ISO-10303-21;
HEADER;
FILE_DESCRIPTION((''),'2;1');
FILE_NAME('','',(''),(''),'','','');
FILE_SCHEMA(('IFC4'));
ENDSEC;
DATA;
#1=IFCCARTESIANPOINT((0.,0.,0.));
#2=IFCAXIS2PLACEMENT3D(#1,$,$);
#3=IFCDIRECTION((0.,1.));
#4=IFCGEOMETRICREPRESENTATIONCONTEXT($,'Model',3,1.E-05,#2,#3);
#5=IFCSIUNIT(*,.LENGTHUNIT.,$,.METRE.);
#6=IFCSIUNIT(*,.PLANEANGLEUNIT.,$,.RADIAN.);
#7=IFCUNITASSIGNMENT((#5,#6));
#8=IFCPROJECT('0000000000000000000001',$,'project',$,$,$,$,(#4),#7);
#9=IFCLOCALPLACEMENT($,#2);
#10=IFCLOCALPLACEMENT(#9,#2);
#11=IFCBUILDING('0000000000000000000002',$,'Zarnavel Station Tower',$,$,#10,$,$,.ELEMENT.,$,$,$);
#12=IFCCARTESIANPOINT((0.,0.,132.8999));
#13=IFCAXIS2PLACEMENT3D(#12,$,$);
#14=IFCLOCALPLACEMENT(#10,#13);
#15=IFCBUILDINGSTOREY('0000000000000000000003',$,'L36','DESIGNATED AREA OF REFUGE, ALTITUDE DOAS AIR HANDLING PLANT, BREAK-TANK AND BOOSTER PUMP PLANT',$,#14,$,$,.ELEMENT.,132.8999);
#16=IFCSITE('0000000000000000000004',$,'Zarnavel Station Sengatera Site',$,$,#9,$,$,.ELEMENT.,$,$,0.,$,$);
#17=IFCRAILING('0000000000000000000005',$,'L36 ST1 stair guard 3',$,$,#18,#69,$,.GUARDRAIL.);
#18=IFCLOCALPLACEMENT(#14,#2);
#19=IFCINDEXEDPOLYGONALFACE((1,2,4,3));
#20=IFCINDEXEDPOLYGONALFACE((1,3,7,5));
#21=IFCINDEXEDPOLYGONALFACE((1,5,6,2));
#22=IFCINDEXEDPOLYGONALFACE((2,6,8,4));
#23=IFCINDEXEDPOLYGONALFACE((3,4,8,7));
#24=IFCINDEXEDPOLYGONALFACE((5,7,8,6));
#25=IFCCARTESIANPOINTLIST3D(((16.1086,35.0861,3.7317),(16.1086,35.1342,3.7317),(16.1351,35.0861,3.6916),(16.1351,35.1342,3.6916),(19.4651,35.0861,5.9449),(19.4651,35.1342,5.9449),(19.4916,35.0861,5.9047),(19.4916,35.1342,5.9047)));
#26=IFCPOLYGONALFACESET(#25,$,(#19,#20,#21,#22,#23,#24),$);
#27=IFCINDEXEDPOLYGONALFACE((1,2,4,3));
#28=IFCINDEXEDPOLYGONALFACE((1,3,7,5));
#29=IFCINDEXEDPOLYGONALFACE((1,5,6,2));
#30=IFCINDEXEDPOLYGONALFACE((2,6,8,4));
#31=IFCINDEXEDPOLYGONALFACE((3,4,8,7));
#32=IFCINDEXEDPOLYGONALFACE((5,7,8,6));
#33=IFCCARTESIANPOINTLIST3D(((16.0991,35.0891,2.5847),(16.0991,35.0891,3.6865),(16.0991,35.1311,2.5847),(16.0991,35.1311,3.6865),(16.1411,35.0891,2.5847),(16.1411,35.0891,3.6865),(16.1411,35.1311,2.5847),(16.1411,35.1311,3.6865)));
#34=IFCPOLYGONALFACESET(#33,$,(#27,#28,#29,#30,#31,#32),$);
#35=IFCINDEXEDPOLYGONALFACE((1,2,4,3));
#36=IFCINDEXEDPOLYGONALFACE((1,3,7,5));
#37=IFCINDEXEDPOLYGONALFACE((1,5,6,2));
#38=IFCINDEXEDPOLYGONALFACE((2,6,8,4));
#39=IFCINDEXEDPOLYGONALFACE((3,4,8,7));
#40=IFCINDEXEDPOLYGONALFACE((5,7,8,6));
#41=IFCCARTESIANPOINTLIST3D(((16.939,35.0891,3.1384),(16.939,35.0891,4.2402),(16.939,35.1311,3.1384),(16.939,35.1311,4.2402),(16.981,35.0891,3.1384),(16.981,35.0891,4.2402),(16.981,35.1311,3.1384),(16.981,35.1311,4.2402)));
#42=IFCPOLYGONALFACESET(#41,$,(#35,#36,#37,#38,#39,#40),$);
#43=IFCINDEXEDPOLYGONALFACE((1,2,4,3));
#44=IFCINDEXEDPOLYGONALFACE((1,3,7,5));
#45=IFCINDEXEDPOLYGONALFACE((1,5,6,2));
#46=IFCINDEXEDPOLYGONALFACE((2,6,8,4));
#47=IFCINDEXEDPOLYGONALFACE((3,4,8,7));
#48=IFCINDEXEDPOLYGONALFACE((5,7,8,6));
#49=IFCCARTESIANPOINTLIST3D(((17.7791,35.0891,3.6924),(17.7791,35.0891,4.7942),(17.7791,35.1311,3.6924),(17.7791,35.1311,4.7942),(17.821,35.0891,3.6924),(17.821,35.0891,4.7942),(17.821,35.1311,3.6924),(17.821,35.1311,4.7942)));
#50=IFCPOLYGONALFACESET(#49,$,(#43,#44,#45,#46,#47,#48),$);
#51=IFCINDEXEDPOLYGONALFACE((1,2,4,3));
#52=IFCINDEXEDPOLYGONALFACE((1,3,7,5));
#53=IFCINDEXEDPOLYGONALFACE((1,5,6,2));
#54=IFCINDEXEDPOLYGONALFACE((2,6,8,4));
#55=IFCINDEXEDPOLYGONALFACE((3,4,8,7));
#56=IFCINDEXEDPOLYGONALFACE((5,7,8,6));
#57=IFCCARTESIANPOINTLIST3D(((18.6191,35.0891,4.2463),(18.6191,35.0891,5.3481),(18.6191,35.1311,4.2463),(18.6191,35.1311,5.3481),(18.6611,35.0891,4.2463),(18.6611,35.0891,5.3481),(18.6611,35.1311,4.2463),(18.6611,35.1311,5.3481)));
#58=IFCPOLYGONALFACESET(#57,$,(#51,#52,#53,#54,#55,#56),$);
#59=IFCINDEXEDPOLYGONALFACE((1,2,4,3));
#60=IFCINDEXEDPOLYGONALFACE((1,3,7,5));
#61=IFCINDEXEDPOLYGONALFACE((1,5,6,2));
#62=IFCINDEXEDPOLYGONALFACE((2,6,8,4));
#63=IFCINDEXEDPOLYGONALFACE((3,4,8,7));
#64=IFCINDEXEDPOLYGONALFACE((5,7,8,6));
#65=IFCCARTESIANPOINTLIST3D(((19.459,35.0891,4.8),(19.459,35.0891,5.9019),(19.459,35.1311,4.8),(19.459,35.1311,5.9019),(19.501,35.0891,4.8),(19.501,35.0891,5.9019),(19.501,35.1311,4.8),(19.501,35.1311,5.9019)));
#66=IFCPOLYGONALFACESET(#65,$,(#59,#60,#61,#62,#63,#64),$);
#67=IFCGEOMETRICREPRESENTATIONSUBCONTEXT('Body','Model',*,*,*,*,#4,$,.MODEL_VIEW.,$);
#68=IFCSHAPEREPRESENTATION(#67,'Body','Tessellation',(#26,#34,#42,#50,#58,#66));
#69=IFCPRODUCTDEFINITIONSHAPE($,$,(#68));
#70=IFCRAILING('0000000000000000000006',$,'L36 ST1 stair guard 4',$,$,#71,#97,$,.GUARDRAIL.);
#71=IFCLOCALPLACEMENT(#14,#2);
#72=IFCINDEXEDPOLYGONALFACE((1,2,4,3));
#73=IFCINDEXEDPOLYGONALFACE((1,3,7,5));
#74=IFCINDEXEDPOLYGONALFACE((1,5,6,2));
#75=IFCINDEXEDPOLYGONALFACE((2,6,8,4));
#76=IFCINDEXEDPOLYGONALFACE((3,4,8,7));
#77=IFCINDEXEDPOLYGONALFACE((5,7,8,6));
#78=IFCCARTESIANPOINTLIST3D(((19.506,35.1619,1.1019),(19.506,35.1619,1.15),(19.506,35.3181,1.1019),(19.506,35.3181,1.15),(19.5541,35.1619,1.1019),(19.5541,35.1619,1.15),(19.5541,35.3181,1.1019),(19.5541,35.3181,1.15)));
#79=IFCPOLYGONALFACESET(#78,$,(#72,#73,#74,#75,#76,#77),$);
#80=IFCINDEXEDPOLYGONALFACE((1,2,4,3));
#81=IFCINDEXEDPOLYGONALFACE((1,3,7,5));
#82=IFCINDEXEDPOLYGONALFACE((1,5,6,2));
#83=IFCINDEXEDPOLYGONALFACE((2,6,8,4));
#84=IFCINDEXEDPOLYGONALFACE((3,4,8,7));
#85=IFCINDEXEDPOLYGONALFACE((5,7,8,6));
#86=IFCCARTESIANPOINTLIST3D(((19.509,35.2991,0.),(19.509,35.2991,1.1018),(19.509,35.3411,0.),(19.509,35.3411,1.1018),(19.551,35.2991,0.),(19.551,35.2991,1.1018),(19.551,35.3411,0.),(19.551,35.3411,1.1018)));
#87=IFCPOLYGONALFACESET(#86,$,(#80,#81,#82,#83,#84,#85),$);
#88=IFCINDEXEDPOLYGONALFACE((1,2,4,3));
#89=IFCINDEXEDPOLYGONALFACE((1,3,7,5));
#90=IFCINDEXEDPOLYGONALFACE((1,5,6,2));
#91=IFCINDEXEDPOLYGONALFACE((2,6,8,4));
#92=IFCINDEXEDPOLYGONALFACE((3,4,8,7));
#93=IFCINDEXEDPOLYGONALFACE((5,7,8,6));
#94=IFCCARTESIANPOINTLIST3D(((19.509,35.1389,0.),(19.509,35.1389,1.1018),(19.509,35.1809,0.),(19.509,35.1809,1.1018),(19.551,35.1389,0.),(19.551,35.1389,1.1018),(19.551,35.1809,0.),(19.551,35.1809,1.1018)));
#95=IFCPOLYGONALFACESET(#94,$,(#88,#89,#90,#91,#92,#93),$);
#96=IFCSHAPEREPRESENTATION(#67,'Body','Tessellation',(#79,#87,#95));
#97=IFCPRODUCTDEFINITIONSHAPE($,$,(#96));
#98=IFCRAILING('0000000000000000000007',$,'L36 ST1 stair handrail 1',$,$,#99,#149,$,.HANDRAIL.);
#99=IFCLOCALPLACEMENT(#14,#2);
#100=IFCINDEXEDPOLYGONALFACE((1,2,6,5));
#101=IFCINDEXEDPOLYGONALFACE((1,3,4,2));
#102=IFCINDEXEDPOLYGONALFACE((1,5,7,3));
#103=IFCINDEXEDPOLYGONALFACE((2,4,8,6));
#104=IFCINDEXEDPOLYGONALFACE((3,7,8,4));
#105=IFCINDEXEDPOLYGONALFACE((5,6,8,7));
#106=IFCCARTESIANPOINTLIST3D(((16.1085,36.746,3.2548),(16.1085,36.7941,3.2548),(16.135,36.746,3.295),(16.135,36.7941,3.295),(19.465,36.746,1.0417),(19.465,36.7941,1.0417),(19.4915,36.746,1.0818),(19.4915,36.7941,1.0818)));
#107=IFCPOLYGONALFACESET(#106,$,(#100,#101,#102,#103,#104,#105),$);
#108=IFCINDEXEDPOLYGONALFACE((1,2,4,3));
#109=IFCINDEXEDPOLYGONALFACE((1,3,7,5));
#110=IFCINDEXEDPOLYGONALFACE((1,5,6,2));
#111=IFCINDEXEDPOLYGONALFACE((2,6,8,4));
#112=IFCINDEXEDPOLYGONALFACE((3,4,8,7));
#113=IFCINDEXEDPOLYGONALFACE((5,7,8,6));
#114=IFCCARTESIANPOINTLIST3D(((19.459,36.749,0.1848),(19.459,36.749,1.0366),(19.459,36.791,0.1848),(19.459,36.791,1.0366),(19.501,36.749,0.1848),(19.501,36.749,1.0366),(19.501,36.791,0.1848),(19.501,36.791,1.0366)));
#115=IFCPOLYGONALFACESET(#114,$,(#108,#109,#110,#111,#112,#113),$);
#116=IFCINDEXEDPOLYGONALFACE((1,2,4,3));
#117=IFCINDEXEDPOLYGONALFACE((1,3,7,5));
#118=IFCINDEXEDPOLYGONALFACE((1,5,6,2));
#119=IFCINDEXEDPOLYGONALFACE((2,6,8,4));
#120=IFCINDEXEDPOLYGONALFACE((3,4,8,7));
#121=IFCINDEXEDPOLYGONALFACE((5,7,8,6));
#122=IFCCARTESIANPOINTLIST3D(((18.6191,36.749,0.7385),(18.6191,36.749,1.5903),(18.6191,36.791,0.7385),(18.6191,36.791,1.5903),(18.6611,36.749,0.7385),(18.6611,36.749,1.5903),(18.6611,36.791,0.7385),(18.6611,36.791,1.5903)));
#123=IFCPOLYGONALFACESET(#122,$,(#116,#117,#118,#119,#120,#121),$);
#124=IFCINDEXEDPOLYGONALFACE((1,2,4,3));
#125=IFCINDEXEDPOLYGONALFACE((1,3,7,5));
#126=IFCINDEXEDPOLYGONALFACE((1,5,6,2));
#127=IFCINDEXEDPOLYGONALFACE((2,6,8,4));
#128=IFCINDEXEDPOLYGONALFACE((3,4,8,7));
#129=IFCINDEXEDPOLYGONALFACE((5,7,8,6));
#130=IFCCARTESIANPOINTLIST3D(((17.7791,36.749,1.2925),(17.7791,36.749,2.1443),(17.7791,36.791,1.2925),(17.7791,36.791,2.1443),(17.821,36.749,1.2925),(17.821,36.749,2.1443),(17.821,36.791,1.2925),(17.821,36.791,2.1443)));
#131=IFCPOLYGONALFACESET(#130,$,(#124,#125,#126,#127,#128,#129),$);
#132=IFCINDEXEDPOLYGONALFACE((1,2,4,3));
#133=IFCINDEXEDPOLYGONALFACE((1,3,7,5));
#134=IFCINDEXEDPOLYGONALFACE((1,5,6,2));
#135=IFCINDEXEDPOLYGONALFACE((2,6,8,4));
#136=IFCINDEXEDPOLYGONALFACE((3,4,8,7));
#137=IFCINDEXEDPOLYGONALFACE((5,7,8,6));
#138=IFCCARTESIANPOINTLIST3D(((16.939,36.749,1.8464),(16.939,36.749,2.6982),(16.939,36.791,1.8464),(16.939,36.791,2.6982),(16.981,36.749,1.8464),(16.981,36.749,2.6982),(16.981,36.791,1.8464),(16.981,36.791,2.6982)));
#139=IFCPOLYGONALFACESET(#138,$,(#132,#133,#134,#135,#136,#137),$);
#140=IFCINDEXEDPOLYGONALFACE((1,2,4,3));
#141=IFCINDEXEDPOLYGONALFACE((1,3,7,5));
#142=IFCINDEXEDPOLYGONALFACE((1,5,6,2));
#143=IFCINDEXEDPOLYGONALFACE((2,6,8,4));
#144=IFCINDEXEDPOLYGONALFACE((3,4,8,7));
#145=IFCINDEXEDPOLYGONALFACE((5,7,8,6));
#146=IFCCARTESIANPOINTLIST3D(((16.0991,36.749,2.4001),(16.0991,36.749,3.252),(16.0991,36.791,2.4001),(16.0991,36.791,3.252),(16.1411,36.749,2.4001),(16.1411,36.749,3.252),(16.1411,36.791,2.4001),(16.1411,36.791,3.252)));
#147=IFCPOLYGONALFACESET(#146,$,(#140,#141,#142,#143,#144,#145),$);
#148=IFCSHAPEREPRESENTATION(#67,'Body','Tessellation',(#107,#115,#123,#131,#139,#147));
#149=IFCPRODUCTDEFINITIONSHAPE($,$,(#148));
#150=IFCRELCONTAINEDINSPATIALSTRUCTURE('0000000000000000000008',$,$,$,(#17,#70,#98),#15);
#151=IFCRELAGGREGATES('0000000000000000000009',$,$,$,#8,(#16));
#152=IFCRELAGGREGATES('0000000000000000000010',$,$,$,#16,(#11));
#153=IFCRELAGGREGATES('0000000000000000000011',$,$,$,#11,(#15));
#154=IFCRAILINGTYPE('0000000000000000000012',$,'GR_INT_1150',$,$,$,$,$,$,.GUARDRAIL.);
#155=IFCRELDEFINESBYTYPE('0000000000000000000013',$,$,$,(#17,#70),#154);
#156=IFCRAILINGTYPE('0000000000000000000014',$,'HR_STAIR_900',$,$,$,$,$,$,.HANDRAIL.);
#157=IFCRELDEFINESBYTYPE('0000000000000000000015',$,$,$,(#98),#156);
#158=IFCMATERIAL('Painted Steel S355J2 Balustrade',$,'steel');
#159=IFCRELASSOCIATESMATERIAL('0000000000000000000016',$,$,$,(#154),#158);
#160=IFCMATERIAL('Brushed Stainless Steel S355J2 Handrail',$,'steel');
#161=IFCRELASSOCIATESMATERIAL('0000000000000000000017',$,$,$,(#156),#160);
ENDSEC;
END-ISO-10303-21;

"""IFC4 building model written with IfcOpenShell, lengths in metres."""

from ifc_helpers import new_model, si_unit, direction, frame, origin, origin_2d, place, context, subcontext, project, spatial, rectangle, extrude, material, type_object, element, save


model = new_model("IFC4")

# Units and contexts
model_context = context("Model", 3, precision=1e-05, world=origin(), true_north=direction((0.0, 1.0)))
body_context = subcontext(model_context, "Body", "Model", "MODEL_VIEW")
ifc_project = project(units=[si_unit("LENGTHUNIT", "METRE"), si_unit("PLANEANGLEUNIT", "RADIAN")], contexts=[model_context])

# Site, building, storey
site_placement = place(None, origin())
site = spatial("IfcSite", under=ifc_project, at=site_placement, Name="Zarnavel Station Sengatera Site", CompositionType="ELEMENT", RefElevation=0.0)
building_placement = place(site_placement, origin())
building = spatial("IfcBuilding", under=site, at=building_placement, Name="Zarnavel Station Tower", CompositionType="ELEMENT")
storey_placement = place(building_placement, frame((0.0, 0.0, 132.8999)))
storey = spatial("IfcBuildingStorey", under=building, at=storey_placement, Name="L36", Description="DESIGNATED AREA OF REFUGE, ALTITUDE DOAS AIR HANDLING PLANT, BREAK-TANK AND BOOSTER PUMP PLANT", CompositionType="ELEMENT", Elevation=132.8999)

# Railings
ifc_material_1 = material(Name="Painted Steel S355J2 Balustrade", Category="steel")
railing_type_1 = type_object("IfcRailingType", Name="GR_INT_1150", PredefinedType="GUARDRAIL", material=ifc_material_1)
railing_1_placement = place(storey_placement, frame((16.1201, 35.1101, 2.5847)))
element("IfcRailing", 1, at=railing_1_placement, inside=storey, type_object=railing_type_1, Name="L36 ST1 stair guard 3", PredefinedType="GUARDRAIL", context=body_context, shape_type="SweptSolid", body=[
    extrude(rectangle(XDim=0.0481, YDim=0.0481, at=origin_2d()), frame((0.0017, 0.0, 1.127), z_axis=(0.834858, 0.0, 0.550465), x_axis=(0.0, 1.0, 0.0)), (0.0, 0.0, 1.0), 4.0205),
    extrude(rectangle(XDim=0.042, YDim=0.042, at=origin_2d()), origin(), (0.0, 0.0, 1.0), 1.1018),
    extrude(rectangle(XDim=0.042, YDim=0.042, at=origin_2d()), frame((0.8398, 0.0, 0.5537)), (0.0, 0.0, 1.0), 1.1018),
    extrude(rectangle(XDim=0.042, YDim=0.042, at=origin_2d()), frame((1.6799, 0.0, 1.1077)), (0.0, 0.0, 1.0), 1.1018),
    extrude(rectangle(XDim=0.042, YDim=0.042, at=origin_2d()), frame((2.52, 0.0, 1.6616)), (0.0, 0.0, 1.0), 1.1018),
    extrude(rectangle(XDim=0.042, YDim=0.042, at=origin_2d()), frame((3.3599, 0.0, 2.2153)), (0.0, 0.0, 1.0), 1.1018),
])
railing_2_placement = place(storey_placement, frame((19.53, 35.3201, 0.0)))
element("IfcRailing", 2, at=railing_2_placement, inside=storey, type_object=railing_type_1, Name="L36 ST1 stair guard 4", PredefinedType="GUARDRAIL", context=body_context, shape_type="SweptSolid", body=[
    extrude(rectangle(XDim=0.0481, YDim=0.0481, at=origin_2d()), frame((0.0, -0.002, 1.126), z_axis=(0.0, -1.0, 0.0), x_axis=(1.0, 0.0, 0.0)), (0.0, 0.0, 1.0), 0.1562),
    extrude(rectangle(XDim=0.042, YDim=0.042, at=origin_2d()), origin(), (0.0, 0.0, 1.0), 1.1018),
    extrude(rectangle(XDim=0.042, YDim=0.042, at=origin_2d()), frame((0.0, -0.1602, 0.0)), (0.0, 0.0, 1.0), 1.1018),
])
ifc_material_2 = material(Name="Brushed Stainless Steel S355J2 Handrail", Category="steel")
railing_type_2 = type_object("IfcRailingType", Name="HR_STAIR_900", PredefinedType="HANDRAIL", material=ifc_material_2)
railing_3_placement = place(storey_placement, frame((19.48, 36.77, 0.1848)))
element("IfcRailing", 3, at=railing_3_placement, inside=storey, type_object=railing_type_2, Name="L36 ST1 stair handrail 1", PredefinedType="HANDRAIL", context=body_context, shape_type="SweptSolid", body=[
    extrude(rectangle(XDim=0.0481, YDim=0.0481, at=origin_2d()), frame((-0.0017, 0.0, 0.877), z_axis=(-0.834858, 0.0, 0.550465), x_axis=(0.0, -1.0, 0.0)), (0.0, 0.0, 1.0), 4.0205),
    extrude(rectangle(XDim=0.042, YDim=0.042, at=origin_2d()), origin(), (0.0, 0.0, 1.0), 0.8518),
    extrude(rectangle(XDim=0.042, YDim=0.042, at=origin_2d()), frame((-0.8398, 0.0, 0.5537)), (0.0, 0.0, 1.0), 0.8518),
    extrude(rectangle(XDim=0.042, YDim=0.042, at=origin_2d()), frame((-1.6799, 0.0, 1.1077)), (0.0, 0.0, 1.0), 0.8518),
    extrude(rectangle(XDim=0.042, YDim=0.042, at=origin_2d()), frame((-2.52, 0.0, 1.6616)), (0.0, 0.0, 1.0), 0.8518),
    extrude(rectangle(XDim=0.042, YDim=0.042, at=origin_2d()), frame((-3.3599, 0.0, 2.2153)), (0.0, 0.0, 1.0), 0.8518),
])

save(model, "model.ifc")
